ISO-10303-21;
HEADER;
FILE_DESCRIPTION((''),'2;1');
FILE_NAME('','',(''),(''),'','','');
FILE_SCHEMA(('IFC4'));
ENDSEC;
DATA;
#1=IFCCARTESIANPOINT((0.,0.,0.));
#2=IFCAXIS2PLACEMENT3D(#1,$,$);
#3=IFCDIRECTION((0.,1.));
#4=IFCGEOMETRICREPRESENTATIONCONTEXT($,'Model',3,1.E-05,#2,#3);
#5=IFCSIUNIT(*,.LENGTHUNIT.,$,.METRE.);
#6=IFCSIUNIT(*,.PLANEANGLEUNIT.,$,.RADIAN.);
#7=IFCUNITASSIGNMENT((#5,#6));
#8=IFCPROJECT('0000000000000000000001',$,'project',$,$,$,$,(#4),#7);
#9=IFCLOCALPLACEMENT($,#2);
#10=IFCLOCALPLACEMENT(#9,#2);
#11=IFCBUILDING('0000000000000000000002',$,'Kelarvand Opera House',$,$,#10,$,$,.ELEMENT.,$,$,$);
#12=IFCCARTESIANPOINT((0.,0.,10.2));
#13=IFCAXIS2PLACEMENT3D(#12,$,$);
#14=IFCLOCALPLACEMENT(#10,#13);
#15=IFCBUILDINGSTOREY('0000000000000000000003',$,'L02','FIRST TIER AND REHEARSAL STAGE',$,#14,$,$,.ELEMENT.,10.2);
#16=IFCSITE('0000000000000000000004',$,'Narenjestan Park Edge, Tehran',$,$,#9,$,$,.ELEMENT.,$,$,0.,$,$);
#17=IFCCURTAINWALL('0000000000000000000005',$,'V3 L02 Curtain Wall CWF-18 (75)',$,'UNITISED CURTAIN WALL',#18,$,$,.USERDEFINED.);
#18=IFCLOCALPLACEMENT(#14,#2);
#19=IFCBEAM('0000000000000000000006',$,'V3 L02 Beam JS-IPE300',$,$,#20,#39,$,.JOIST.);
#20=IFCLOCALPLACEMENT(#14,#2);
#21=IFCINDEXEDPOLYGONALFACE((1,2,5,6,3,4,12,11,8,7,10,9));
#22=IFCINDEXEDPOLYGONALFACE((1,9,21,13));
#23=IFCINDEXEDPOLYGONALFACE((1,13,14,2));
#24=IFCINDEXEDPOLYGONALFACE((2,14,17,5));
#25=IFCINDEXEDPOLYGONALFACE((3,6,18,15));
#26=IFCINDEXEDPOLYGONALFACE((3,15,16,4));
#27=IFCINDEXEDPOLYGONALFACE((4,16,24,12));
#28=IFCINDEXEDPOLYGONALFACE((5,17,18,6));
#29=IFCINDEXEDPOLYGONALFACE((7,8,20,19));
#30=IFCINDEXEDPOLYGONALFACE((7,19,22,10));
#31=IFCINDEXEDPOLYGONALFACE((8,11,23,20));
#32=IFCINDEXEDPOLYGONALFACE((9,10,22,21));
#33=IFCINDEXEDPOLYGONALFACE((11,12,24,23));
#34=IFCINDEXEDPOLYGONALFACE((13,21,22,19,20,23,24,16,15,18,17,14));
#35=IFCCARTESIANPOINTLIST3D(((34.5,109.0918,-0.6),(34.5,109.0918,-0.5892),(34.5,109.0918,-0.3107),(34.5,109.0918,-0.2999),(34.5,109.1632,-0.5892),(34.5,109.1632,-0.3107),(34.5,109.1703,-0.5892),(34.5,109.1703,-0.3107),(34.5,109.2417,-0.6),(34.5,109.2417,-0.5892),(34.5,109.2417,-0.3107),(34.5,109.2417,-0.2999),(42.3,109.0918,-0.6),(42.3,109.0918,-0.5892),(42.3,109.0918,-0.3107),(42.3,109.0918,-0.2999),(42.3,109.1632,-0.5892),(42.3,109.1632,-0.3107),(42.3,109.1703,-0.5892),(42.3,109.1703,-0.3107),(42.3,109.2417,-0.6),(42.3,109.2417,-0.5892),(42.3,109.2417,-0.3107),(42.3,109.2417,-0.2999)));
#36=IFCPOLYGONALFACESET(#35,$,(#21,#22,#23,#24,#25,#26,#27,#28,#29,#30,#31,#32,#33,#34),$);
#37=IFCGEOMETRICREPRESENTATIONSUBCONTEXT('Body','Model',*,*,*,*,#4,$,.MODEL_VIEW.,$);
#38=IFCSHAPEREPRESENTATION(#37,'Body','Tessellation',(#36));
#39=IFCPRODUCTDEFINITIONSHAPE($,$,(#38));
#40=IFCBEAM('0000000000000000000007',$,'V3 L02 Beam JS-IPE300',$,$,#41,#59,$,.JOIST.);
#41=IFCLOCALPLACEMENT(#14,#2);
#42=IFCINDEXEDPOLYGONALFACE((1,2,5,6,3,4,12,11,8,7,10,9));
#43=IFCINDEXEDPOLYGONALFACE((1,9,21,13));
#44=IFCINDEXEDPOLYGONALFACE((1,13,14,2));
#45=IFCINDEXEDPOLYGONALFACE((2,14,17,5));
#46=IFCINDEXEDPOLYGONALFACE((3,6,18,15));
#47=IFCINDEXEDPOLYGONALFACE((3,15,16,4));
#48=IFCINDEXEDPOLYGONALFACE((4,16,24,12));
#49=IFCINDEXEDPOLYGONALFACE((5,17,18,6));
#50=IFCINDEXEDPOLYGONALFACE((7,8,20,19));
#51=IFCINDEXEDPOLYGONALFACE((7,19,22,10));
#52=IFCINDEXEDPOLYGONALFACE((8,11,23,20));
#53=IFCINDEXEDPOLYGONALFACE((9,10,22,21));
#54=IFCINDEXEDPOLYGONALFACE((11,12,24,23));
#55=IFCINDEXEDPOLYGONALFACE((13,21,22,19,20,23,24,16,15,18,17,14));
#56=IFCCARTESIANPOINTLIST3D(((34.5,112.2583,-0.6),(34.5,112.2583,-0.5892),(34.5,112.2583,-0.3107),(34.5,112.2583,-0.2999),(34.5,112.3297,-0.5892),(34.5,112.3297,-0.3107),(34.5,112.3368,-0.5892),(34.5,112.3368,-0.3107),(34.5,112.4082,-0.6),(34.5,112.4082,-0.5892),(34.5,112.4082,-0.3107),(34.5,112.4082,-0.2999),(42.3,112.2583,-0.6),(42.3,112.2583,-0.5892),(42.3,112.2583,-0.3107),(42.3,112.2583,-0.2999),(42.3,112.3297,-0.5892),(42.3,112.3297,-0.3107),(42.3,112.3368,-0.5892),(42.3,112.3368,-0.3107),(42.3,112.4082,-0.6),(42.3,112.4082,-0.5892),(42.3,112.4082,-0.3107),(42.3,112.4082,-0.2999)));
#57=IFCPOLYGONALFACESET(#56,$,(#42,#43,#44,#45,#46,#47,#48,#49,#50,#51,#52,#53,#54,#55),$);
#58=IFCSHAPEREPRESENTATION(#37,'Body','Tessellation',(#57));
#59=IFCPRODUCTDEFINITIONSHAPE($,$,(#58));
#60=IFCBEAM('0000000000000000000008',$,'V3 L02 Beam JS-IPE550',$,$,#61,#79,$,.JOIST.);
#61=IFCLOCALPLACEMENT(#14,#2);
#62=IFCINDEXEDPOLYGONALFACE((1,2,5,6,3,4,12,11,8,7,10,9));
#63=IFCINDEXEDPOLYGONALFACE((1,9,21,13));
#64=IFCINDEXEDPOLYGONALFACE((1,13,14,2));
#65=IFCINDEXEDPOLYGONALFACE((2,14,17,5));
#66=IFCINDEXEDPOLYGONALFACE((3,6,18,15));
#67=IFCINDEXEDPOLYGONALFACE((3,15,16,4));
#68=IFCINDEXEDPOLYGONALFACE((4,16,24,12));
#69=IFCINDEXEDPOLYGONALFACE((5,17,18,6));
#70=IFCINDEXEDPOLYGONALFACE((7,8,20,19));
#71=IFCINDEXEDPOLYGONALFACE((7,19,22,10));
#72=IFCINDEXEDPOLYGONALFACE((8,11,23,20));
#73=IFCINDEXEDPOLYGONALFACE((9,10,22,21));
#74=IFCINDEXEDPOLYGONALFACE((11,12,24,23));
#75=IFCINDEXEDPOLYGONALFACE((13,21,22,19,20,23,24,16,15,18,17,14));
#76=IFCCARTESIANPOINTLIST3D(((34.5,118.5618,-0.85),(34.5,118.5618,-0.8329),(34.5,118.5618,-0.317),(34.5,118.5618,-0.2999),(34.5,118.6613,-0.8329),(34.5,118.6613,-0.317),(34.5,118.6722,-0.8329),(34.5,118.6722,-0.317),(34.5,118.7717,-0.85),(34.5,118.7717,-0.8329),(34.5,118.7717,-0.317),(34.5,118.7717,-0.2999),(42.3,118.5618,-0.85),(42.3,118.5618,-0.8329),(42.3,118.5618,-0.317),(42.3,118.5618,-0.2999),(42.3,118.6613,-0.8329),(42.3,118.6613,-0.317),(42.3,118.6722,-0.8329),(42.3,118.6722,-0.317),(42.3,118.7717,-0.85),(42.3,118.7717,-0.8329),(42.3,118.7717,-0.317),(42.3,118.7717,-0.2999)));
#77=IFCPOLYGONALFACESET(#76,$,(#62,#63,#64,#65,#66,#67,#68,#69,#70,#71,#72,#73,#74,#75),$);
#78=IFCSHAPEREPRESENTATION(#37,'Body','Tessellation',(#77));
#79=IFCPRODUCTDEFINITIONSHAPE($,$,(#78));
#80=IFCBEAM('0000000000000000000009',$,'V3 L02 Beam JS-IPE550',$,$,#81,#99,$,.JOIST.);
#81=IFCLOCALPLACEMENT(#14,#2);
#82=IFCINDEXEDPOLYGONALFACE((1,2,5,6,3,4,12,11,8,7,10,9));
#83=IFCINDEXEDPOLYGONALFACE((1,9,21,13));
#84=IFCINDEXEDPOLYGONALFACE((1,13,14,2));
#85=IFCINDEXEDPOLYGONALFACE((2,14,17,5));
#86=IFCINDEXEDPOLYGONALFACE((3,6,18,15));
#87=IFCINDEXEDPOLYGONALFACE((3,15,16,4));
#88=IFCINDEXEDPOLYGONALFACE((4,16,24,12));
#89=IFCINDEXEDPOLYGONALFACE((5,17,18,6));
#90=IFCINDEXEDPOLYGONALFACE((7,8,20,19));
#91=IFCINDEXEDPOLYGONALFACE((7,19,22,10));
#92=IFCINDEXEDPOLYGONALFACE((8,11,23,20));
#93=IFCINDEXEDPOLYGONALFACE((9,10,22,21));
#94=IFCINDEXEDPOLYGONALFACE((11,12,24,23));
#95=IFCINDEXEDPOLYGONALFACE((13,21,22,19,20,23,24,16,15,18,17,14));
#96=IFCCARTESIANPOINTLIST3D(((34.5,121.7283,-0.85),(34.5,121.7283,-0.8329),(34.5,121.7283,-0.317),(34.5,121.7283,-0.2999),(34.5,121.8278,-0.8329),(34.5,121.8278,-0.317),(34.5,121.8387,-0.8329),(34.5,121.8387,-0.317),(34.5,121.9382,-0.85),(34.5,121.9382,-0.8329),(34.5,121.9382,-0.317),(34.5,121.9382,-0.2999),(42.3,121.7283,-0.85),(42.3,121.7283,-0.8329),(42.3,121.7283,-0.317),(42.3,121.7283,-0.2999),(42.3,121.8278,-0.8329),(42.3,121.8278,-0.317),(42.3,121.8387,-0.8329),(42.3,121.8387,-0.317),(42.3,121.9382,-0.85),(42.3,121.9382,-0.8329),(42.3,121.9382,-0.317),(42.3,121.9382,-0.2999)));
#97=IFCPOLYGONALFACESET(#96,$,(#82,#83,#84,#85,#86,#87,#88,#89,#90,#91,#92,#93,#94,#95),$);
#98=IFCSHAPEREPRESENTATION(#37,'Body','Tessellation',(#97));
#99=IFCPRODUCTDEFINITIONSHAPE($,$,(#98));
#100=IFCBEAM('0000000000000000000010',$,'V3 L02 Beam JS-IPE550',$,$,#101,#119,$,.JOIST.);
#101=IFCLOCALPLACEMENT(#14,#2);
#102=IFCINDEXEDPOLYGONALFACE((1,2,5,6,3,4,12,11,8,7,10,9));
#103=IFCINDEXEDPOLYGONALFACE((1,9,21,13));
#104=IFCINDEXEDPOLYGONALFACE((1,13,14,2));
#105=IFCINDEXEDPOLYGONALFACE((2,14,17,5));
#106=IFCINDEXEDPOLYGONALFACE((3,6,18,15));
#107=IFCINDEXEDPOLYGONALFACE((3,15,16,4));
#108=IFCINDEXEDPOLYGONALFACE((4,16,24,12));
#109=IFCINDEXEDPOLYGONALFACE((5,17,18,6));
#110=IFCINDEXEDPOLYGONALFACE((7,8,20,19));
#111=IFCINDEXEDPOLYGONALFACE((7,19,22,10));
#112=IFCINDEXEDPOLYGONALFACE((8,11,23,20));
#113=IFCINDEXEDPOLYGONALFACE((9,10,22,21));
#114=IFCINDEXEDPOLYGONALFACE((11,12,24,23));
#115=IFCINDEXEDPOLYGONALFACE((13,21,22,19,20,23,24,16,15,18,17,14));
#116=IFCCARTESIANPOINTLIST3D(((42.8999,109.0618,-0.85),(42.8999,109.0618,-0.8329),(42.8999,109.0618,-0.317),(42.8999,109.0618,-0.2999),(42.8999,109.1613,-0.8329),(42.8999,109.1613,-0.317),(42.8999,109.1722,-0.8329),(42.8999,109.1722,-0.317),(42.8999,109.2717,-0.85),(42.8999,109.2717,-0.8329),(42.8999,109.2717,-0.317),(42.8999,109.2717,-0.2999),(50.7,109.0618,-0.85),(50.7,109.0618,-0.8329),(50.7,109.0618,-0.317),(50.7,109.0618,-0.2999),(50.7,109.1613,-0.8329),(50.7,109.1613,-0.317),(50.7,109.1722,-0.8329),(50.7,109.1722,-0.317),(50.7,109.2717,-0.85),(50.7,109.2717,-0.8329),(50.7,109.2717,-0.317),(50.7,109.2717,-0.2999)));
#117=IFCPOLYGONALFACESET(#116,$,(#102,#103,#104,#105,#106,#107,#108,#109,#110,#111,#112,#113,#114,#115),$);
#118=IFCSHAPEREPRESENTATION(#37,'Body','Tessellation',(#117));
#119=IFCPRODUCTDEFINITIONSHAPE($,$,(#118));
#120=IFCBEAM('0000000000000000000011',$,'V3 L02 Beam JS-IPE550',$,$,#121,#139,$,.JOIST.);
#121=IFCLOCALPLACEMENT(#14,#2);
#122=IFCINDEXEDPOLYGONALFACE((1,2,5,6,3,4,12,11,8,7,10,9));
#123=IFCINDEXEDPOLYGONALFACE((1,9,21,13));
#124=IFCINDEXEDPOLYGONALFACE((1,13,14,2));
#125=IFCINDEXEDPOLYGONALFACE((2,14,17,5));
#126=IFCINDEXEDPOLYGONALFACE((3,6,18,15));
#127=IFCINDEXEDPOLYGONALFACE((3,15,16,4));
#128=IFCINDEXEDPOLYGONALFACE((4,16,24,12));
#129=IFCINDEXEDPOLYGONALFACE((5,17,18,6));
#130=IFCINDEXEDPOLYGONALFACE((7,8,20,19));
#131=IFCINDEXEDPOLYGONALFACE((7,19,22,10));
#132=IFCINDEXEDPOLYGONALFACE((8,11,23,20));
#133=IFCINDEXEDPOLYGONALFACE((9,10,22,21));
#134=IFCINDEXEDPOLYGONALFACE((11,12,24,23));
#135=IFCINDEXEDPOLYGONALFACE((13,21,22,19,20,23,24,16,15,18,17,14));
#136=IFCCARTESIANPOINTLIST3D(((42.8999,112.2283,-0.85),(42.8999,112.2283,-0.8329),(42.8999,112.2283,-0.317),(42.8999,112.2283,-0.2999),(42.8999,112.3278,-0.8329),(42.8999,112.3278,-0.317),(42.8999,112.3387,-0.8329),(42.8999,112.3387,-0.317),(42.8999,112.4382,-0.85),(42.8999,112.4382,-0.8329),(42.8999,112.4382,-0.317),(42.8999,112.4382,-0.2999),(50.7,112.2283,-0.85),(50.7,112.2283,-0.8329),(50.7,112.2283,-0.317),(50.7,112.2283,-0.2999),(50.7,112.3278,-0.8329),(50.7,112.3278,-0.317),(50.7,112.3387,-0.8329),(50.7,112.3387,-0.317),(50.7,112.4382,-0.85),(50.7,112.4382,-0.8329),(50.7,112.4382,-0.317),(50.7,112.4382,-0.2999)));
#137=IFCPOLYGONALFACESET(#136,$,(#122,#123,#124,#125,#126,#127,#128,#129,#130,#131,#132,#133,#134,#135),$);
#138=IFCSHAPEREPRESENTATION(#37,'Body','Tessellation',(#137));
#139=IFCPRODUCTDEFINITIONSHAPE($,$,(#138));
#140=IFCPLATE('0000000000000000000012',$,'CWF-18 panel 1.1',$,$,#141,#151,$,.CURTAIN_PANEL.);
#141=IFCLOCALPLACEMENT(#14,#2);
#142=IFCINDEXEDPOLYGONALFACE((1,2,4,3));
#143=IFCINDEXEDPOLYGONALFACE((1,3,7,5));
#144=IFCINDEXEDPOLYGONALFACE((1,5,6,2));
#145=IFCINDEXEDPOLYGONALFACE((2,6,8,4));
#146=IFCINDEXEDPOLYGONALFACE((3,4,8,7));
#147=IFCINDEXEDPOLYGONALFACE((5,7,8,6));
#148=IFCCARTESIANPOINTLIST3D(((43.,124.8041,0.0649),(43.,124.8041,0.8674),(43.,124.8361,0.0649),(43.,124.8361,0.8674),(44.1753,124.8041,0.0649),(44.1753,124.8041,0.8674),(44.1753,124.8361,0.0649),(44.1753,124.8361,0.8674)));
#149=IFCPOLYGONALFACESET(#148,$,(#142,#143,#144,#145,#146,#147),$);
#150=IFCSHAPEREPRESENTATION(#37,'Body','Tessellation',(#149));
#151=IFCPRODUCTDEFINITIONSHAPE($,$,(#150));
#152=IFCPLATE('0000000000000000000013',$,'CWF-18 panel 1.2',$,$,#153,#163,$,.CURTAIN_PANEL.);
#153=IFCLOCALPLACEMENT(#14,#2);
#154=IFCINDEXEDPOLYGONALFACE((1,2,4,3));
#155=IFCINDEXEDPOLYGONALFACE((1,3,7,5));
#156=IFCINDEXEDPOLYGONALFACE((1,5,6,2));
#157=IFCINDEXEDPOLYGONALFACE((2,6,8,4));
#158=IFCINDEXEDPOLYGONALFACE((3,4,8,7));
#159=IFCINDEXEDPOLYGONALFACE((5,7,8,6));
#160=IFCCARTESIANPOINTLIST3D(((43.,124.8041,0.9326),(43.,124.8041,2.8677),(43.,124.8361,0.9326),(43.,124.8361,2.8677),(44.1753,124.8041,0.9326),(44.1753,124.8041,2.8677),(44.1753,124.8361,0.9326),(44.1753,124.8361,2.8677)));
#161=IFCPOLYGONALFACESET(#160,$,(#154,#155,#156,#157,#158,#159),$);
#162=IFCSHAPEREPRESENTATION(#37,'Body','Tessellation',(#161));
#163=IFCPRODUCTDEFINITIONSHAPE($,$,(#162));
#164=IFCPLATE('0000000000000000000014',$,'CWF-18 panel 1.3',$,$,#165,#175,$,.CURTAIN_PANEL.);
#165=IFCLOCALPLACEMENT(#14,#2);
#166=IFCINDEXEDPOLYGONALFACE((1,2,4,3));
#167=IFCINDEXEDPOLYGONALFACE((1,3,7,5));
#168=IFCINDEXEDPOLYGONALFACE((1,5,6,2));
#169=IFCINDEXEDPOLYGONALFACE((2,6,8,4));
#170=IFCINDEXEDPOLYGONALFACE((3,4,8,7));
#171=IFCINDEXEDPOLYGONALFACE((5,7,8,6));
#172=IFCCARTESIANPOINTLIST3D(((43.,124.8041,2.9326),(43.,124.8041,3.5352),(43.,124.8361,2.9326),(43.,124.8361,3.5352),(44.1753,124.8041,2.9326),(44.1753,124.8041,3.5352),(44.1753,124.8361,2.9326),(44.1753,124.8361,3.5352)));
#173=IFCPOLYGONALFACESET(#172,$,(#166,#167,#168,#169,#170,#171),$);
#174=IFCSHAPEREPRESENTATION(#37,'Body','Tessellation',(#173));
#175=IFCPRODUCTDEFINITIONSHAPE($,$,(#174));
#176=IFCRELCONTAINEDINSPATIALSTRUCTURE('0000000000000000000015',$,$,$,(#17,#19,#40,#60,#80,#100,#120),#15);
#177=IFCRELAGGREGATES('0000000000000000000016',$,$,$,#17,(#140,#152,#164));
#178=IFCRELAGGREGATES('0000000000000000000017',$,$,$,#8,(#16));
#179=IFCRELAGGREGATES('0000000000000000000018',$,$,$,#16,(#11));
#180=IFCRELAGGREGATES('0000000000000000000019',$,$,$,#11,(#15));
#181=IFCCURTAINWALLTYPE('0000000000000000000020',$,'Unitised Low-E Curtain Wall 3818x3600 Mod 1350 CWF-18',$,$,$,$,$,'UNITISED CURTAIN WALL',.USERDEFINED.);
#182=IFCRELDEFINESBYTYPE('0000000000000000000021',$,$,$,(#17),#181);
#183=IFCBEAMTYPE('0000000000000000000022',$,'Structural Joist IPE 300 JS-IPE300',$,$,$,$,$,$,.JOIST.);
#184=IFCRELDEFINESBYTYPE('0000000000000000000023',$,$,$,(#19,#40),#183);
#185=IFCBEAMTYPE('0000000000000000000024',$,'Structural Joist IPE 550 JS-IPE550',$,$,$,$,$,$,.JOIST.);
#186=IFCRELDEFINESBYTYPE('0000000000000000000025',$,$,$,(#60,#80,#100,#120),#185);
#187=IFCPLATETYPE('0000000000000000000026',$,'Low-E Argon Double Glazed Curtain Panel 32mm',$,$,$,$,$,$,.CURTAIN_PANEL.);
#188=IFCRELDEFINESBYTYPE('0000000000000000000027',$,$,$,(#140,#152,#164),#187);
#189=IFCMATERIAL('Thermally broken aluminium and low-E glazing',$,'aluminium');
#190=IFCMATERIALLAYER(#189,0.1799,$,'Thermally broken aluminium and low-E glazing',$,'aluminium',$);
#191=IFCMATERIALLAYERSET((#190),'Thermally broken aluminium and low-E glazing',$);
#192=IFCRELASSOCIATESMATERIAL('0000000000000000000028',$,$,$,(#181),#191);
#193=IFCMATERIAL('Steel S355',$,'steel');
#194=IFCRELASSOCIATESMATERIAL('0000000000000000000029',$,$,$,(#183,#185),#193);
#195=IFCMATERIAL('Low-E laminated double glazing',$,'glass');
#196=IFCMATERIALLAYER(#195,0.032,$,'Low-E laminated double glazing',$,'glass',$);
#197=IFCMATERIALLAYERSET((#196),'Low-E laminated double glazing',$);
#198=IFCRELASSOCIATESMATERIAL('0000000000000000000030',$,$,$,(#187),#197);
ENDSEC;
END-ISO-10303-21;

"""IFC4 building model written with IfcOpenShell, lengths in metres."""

from ifc_helpers import new_model, si_unit, direction, frame, origin, origin_2d, place, context, subcontext, project, spatial, rectangle, i_section, extrude, material, layer, layer_set, material_profile, profile_set, type_object, element, aggregate, save


model = new_model("IFC4")

# Units and contexts
model_context = context("Model", 3, precision=1e-05, world=origin(), true_north=direction((0.0, 1.0)))
body_context = subcontext(model_context, "Body", "Model", "MODEL_VIEW")
ifc_project = project(units=[si_unit("LENGTHUNIT", "METRE"), si_unit("PLANEANGLEUNIT", "RADIAN")], contexts=[model_context])

# Site, building, storey
site_placement = place(None, origin())
site = spatial("IfcSite", under=ifc_project, at=site_placement, Name="Narenjestan Park Edge, Tehran", CompositionType="ELEMENT", RefElevation=0.0)
building_placement = place(site_placement, origin())
building = spatial("IfcBuilding", under=site, at=building_placement, Name="Kelarvand Opera House", CompositionType="ELEMENT")
storey_placement = place(building_placement, frame((0.0, 0.0, 10.2)))
storey = spatial("IfcBuildingStorey", under=building, at=storey_placement, Name="L02", Description="FIRST TIER AND REHEARSAL STAGE", CompositionType="ELEMENT", Elevation=10.2)

# Curtain wall
ifc_material_1 = material(Name="Thermally broken aluminium and low-E glazing", Category="aluminium")
ifc_layer_1 = layer(ifc_material_1, 0.1799, Name="Thermally broken aluminium and low-E glazing", Category="aluminium")
ifc_layer_set_1 = layer_set([ifc_layer_1], Name="Thermally broken aluminium and low-E glazing")
curtain_wall_type = type_object("IfcCurtainWallType", Name="Unitised Low-E Curtain Wall 3818x3600 Mod 1350 CWF-18", ElementType="UNITISED CURTAIN WALL", PredefinedType="USERDEFINED", material=ifc_layer_set_1)
curtain_wall_placement = place(storey_placement, origin())
curtain_wall = element("IfcCurtainWall", 1, at=curtain_wall_placement, inside=storey, type_object=curtain_wall_type, Name="V3 L02 Curtain Wall CWF-18 (75)", ObjectType="UNITISED CURTAIN WALL", PredefinedType="USERDEFINED")

# Beams
ifc_material_2 = material(Name="Steel S355", Category="steel")
ifc_material_profile_1 = material_profile(ifc_material_2, i_section(OverallWidth=0.1499, OverallDepth=0.3, WebThickness=0.0071, FlangeThickness=0.0107, at=origin_2d()), Name="IPE 300", Category="steel")
ifc_profile_set_1 = profile_set([ifc_material_profile_1], Name="Steel S355")
beam_type_1 = type_object("IfcBeamType", Name="Structural Joist IPE 300 JS-IPE300", PredefinedType="JOIST", material=ifc_profile_set_1)
for number, where, z_axis, x_axis, name in (
    (2, (34.5, 109.1667, -0.45), (1.0, 0.0, 0.0), (0.0, 1.0, 0.0), "V3 L02 Beam JS-IPE300"),
    (3, (34.5, 112.3333, -0.45), (1.0, 0.0, 0.0), (0.0, 1.0, 0.0), "V3 L02 Beam JS-IPE300"),
):
    element("IfcBeam", number, at=place(storey_placement, frame(where, z_axis=z_axis, x_axis=x_axis)), inside=storey, type_object=beam_type_1, Name=name, PredefinedType="JOIST", context=body_context, shape_type="SweptSolid", body=[
        extrude(i_section(OverallWidth=0.1499, OverallDepth=0.3, WebThickness=0.0071, FlangeThickness=0.0107, at=origin_2d()), origin(), (0.0, 0.0, 1.0), 7.8),
    ])
ifc_material_profile_2 = material_profile(ifc_material_2, i_section(OverallWidth=0.21, OverallDepth=0.55, WebThickness=0.011, FlangeThickness=0.0171, at=origin_2d()), Name="IPE 550", Category="steel")
ifc_profile_set_2 = profile_set([ifc_material_profile_2], Name="Steel S355")
beam_type_2 = type_object("IfcBeamType", Name="Structural Joist IPE 550 JS-IPE550", PredefinedType="JOIST", material=ifc_profile_set_2)
for number, where, z_axis, x_axis, name in (
    (4, (34.5, 118.6667, -0.575), (1.0, 0.0, 0.0), (0.0, 1.0, 0.0), "V3 L02 Beam JS-IPE550"),
    (5, (34.5, 121.8333, -0.575), (1.0, 0.0, 0.0), (0.0, 1.0, 0.0), "V3 L02 Beam JS-IPE550"),
    (6, (42.8999, 109.1667, -0.575), (1.0, 0.0, 0.0), (0.0, 1.0, 0.0), "V3 L02 Beam JS-IPE550"),
    (7, (42.8999, 112.3333, -0.575), (1.0, 0.0, 0.0), (0.0, 1.0, 0.0), "V3 L02 Beam JS-IPE550"),
):
    element("IfcBeam", number, at=place(storey_placement, frame(where, z_axis=z_axis, x_axis=x_axis)), inside=storey, type_object=beam_type_2, Name=name, PredefinedType="JOIST", context=body_context, shape_type="SweptSolid", body=[
        extrude(i_section(OverallWidth=0.21, OverallDepth=0.55, WebThickness=0.011, FlangeThickness=0.0171, at=origin_2d()), origin(), (0.0, 0.0, 1.0), 7.8),
    ])

# Plates
ifc_material_3 = material(Name="Low-E laminated double glazing", Category="glass")
ifc_layer_2 = layer(ifc_material_3, 0.032, Name="Low-E laminated double glazing", Category="glass")
ifc_layer_set_2 = layer_set([ifc_layer_2], Name="Low-E laminated double glazing")
plate_type = type_object("IfcPlateType", Name="Low-E Argon Double Glazed Curtain Panel 32mm", PredefinedType="CURTAIN_PANEL", material=ifc_layer_set_2)
plate_1_placement = place(storey_placement, frame((43.5876, 124.8201, 0.0649), z_axis=(0.0, 0.0, 1.0), x_axis=(1.0, 0.0, 0.0)))
plate_1 = element("IfcPlate", 8, at=plate_1_placement, type_object=plate_type, Name="CWF-18 panel 1.1", PredefinedType="CURTAIN_PANEL", context=body_context, shape_type="SweptSolid", body=[
    extrude(rectangle(XDim=1.1753, YDim=0.032, at=origin_2d()), origin(), (0.0, 0.0, 1.0), 0.8025),
])
plate_2_placement = place(storey_placement, frame((43.5876, 124.8201, 0.9326), z_axis=(0.0, 0.0, 1.0), x_axis=(1.0, 0.0, 0.0)))
plate_2 = element("IfcPlate", 9, at=plate_2_placement, type_object=plate_type, Name="CWF-18 panel 1.2", PredefinedType="CURTAIN_PANEL", context=body_context, shape_type="SweptSolid", body=[
    extrude(rectangle(XDim=1.1753, YDim=0.032, at=origin_2d()), origin(), (0.0, 0.0, 1.0), 1.9351),
])
plate_3_placement = place(storey_placement, frame((43.5876, 124.8201, 2.9326), z_axis=(0.0, 0.0, 1.0), x_axis=(1.0, 0.0, 0.0)))
plate_3 = element("IfcPlate", 10, at=plate_3_placement, type_object=plate_type, Name="CWF-18 panel 1.3", PredefinedType="CURTAIN_PANEL", context=body_context, shape_type="SweptSolid", body=[
    extrude(rectangle(XDim=1.1753, YDim=0.032, at=origin_2d()), origin(), (0.0, 0.0, 1.0), 0.6025),
])
aggregate(curtain_wall, [plate_1, plate_2, plate_3])

save(model, "model.ifc")
